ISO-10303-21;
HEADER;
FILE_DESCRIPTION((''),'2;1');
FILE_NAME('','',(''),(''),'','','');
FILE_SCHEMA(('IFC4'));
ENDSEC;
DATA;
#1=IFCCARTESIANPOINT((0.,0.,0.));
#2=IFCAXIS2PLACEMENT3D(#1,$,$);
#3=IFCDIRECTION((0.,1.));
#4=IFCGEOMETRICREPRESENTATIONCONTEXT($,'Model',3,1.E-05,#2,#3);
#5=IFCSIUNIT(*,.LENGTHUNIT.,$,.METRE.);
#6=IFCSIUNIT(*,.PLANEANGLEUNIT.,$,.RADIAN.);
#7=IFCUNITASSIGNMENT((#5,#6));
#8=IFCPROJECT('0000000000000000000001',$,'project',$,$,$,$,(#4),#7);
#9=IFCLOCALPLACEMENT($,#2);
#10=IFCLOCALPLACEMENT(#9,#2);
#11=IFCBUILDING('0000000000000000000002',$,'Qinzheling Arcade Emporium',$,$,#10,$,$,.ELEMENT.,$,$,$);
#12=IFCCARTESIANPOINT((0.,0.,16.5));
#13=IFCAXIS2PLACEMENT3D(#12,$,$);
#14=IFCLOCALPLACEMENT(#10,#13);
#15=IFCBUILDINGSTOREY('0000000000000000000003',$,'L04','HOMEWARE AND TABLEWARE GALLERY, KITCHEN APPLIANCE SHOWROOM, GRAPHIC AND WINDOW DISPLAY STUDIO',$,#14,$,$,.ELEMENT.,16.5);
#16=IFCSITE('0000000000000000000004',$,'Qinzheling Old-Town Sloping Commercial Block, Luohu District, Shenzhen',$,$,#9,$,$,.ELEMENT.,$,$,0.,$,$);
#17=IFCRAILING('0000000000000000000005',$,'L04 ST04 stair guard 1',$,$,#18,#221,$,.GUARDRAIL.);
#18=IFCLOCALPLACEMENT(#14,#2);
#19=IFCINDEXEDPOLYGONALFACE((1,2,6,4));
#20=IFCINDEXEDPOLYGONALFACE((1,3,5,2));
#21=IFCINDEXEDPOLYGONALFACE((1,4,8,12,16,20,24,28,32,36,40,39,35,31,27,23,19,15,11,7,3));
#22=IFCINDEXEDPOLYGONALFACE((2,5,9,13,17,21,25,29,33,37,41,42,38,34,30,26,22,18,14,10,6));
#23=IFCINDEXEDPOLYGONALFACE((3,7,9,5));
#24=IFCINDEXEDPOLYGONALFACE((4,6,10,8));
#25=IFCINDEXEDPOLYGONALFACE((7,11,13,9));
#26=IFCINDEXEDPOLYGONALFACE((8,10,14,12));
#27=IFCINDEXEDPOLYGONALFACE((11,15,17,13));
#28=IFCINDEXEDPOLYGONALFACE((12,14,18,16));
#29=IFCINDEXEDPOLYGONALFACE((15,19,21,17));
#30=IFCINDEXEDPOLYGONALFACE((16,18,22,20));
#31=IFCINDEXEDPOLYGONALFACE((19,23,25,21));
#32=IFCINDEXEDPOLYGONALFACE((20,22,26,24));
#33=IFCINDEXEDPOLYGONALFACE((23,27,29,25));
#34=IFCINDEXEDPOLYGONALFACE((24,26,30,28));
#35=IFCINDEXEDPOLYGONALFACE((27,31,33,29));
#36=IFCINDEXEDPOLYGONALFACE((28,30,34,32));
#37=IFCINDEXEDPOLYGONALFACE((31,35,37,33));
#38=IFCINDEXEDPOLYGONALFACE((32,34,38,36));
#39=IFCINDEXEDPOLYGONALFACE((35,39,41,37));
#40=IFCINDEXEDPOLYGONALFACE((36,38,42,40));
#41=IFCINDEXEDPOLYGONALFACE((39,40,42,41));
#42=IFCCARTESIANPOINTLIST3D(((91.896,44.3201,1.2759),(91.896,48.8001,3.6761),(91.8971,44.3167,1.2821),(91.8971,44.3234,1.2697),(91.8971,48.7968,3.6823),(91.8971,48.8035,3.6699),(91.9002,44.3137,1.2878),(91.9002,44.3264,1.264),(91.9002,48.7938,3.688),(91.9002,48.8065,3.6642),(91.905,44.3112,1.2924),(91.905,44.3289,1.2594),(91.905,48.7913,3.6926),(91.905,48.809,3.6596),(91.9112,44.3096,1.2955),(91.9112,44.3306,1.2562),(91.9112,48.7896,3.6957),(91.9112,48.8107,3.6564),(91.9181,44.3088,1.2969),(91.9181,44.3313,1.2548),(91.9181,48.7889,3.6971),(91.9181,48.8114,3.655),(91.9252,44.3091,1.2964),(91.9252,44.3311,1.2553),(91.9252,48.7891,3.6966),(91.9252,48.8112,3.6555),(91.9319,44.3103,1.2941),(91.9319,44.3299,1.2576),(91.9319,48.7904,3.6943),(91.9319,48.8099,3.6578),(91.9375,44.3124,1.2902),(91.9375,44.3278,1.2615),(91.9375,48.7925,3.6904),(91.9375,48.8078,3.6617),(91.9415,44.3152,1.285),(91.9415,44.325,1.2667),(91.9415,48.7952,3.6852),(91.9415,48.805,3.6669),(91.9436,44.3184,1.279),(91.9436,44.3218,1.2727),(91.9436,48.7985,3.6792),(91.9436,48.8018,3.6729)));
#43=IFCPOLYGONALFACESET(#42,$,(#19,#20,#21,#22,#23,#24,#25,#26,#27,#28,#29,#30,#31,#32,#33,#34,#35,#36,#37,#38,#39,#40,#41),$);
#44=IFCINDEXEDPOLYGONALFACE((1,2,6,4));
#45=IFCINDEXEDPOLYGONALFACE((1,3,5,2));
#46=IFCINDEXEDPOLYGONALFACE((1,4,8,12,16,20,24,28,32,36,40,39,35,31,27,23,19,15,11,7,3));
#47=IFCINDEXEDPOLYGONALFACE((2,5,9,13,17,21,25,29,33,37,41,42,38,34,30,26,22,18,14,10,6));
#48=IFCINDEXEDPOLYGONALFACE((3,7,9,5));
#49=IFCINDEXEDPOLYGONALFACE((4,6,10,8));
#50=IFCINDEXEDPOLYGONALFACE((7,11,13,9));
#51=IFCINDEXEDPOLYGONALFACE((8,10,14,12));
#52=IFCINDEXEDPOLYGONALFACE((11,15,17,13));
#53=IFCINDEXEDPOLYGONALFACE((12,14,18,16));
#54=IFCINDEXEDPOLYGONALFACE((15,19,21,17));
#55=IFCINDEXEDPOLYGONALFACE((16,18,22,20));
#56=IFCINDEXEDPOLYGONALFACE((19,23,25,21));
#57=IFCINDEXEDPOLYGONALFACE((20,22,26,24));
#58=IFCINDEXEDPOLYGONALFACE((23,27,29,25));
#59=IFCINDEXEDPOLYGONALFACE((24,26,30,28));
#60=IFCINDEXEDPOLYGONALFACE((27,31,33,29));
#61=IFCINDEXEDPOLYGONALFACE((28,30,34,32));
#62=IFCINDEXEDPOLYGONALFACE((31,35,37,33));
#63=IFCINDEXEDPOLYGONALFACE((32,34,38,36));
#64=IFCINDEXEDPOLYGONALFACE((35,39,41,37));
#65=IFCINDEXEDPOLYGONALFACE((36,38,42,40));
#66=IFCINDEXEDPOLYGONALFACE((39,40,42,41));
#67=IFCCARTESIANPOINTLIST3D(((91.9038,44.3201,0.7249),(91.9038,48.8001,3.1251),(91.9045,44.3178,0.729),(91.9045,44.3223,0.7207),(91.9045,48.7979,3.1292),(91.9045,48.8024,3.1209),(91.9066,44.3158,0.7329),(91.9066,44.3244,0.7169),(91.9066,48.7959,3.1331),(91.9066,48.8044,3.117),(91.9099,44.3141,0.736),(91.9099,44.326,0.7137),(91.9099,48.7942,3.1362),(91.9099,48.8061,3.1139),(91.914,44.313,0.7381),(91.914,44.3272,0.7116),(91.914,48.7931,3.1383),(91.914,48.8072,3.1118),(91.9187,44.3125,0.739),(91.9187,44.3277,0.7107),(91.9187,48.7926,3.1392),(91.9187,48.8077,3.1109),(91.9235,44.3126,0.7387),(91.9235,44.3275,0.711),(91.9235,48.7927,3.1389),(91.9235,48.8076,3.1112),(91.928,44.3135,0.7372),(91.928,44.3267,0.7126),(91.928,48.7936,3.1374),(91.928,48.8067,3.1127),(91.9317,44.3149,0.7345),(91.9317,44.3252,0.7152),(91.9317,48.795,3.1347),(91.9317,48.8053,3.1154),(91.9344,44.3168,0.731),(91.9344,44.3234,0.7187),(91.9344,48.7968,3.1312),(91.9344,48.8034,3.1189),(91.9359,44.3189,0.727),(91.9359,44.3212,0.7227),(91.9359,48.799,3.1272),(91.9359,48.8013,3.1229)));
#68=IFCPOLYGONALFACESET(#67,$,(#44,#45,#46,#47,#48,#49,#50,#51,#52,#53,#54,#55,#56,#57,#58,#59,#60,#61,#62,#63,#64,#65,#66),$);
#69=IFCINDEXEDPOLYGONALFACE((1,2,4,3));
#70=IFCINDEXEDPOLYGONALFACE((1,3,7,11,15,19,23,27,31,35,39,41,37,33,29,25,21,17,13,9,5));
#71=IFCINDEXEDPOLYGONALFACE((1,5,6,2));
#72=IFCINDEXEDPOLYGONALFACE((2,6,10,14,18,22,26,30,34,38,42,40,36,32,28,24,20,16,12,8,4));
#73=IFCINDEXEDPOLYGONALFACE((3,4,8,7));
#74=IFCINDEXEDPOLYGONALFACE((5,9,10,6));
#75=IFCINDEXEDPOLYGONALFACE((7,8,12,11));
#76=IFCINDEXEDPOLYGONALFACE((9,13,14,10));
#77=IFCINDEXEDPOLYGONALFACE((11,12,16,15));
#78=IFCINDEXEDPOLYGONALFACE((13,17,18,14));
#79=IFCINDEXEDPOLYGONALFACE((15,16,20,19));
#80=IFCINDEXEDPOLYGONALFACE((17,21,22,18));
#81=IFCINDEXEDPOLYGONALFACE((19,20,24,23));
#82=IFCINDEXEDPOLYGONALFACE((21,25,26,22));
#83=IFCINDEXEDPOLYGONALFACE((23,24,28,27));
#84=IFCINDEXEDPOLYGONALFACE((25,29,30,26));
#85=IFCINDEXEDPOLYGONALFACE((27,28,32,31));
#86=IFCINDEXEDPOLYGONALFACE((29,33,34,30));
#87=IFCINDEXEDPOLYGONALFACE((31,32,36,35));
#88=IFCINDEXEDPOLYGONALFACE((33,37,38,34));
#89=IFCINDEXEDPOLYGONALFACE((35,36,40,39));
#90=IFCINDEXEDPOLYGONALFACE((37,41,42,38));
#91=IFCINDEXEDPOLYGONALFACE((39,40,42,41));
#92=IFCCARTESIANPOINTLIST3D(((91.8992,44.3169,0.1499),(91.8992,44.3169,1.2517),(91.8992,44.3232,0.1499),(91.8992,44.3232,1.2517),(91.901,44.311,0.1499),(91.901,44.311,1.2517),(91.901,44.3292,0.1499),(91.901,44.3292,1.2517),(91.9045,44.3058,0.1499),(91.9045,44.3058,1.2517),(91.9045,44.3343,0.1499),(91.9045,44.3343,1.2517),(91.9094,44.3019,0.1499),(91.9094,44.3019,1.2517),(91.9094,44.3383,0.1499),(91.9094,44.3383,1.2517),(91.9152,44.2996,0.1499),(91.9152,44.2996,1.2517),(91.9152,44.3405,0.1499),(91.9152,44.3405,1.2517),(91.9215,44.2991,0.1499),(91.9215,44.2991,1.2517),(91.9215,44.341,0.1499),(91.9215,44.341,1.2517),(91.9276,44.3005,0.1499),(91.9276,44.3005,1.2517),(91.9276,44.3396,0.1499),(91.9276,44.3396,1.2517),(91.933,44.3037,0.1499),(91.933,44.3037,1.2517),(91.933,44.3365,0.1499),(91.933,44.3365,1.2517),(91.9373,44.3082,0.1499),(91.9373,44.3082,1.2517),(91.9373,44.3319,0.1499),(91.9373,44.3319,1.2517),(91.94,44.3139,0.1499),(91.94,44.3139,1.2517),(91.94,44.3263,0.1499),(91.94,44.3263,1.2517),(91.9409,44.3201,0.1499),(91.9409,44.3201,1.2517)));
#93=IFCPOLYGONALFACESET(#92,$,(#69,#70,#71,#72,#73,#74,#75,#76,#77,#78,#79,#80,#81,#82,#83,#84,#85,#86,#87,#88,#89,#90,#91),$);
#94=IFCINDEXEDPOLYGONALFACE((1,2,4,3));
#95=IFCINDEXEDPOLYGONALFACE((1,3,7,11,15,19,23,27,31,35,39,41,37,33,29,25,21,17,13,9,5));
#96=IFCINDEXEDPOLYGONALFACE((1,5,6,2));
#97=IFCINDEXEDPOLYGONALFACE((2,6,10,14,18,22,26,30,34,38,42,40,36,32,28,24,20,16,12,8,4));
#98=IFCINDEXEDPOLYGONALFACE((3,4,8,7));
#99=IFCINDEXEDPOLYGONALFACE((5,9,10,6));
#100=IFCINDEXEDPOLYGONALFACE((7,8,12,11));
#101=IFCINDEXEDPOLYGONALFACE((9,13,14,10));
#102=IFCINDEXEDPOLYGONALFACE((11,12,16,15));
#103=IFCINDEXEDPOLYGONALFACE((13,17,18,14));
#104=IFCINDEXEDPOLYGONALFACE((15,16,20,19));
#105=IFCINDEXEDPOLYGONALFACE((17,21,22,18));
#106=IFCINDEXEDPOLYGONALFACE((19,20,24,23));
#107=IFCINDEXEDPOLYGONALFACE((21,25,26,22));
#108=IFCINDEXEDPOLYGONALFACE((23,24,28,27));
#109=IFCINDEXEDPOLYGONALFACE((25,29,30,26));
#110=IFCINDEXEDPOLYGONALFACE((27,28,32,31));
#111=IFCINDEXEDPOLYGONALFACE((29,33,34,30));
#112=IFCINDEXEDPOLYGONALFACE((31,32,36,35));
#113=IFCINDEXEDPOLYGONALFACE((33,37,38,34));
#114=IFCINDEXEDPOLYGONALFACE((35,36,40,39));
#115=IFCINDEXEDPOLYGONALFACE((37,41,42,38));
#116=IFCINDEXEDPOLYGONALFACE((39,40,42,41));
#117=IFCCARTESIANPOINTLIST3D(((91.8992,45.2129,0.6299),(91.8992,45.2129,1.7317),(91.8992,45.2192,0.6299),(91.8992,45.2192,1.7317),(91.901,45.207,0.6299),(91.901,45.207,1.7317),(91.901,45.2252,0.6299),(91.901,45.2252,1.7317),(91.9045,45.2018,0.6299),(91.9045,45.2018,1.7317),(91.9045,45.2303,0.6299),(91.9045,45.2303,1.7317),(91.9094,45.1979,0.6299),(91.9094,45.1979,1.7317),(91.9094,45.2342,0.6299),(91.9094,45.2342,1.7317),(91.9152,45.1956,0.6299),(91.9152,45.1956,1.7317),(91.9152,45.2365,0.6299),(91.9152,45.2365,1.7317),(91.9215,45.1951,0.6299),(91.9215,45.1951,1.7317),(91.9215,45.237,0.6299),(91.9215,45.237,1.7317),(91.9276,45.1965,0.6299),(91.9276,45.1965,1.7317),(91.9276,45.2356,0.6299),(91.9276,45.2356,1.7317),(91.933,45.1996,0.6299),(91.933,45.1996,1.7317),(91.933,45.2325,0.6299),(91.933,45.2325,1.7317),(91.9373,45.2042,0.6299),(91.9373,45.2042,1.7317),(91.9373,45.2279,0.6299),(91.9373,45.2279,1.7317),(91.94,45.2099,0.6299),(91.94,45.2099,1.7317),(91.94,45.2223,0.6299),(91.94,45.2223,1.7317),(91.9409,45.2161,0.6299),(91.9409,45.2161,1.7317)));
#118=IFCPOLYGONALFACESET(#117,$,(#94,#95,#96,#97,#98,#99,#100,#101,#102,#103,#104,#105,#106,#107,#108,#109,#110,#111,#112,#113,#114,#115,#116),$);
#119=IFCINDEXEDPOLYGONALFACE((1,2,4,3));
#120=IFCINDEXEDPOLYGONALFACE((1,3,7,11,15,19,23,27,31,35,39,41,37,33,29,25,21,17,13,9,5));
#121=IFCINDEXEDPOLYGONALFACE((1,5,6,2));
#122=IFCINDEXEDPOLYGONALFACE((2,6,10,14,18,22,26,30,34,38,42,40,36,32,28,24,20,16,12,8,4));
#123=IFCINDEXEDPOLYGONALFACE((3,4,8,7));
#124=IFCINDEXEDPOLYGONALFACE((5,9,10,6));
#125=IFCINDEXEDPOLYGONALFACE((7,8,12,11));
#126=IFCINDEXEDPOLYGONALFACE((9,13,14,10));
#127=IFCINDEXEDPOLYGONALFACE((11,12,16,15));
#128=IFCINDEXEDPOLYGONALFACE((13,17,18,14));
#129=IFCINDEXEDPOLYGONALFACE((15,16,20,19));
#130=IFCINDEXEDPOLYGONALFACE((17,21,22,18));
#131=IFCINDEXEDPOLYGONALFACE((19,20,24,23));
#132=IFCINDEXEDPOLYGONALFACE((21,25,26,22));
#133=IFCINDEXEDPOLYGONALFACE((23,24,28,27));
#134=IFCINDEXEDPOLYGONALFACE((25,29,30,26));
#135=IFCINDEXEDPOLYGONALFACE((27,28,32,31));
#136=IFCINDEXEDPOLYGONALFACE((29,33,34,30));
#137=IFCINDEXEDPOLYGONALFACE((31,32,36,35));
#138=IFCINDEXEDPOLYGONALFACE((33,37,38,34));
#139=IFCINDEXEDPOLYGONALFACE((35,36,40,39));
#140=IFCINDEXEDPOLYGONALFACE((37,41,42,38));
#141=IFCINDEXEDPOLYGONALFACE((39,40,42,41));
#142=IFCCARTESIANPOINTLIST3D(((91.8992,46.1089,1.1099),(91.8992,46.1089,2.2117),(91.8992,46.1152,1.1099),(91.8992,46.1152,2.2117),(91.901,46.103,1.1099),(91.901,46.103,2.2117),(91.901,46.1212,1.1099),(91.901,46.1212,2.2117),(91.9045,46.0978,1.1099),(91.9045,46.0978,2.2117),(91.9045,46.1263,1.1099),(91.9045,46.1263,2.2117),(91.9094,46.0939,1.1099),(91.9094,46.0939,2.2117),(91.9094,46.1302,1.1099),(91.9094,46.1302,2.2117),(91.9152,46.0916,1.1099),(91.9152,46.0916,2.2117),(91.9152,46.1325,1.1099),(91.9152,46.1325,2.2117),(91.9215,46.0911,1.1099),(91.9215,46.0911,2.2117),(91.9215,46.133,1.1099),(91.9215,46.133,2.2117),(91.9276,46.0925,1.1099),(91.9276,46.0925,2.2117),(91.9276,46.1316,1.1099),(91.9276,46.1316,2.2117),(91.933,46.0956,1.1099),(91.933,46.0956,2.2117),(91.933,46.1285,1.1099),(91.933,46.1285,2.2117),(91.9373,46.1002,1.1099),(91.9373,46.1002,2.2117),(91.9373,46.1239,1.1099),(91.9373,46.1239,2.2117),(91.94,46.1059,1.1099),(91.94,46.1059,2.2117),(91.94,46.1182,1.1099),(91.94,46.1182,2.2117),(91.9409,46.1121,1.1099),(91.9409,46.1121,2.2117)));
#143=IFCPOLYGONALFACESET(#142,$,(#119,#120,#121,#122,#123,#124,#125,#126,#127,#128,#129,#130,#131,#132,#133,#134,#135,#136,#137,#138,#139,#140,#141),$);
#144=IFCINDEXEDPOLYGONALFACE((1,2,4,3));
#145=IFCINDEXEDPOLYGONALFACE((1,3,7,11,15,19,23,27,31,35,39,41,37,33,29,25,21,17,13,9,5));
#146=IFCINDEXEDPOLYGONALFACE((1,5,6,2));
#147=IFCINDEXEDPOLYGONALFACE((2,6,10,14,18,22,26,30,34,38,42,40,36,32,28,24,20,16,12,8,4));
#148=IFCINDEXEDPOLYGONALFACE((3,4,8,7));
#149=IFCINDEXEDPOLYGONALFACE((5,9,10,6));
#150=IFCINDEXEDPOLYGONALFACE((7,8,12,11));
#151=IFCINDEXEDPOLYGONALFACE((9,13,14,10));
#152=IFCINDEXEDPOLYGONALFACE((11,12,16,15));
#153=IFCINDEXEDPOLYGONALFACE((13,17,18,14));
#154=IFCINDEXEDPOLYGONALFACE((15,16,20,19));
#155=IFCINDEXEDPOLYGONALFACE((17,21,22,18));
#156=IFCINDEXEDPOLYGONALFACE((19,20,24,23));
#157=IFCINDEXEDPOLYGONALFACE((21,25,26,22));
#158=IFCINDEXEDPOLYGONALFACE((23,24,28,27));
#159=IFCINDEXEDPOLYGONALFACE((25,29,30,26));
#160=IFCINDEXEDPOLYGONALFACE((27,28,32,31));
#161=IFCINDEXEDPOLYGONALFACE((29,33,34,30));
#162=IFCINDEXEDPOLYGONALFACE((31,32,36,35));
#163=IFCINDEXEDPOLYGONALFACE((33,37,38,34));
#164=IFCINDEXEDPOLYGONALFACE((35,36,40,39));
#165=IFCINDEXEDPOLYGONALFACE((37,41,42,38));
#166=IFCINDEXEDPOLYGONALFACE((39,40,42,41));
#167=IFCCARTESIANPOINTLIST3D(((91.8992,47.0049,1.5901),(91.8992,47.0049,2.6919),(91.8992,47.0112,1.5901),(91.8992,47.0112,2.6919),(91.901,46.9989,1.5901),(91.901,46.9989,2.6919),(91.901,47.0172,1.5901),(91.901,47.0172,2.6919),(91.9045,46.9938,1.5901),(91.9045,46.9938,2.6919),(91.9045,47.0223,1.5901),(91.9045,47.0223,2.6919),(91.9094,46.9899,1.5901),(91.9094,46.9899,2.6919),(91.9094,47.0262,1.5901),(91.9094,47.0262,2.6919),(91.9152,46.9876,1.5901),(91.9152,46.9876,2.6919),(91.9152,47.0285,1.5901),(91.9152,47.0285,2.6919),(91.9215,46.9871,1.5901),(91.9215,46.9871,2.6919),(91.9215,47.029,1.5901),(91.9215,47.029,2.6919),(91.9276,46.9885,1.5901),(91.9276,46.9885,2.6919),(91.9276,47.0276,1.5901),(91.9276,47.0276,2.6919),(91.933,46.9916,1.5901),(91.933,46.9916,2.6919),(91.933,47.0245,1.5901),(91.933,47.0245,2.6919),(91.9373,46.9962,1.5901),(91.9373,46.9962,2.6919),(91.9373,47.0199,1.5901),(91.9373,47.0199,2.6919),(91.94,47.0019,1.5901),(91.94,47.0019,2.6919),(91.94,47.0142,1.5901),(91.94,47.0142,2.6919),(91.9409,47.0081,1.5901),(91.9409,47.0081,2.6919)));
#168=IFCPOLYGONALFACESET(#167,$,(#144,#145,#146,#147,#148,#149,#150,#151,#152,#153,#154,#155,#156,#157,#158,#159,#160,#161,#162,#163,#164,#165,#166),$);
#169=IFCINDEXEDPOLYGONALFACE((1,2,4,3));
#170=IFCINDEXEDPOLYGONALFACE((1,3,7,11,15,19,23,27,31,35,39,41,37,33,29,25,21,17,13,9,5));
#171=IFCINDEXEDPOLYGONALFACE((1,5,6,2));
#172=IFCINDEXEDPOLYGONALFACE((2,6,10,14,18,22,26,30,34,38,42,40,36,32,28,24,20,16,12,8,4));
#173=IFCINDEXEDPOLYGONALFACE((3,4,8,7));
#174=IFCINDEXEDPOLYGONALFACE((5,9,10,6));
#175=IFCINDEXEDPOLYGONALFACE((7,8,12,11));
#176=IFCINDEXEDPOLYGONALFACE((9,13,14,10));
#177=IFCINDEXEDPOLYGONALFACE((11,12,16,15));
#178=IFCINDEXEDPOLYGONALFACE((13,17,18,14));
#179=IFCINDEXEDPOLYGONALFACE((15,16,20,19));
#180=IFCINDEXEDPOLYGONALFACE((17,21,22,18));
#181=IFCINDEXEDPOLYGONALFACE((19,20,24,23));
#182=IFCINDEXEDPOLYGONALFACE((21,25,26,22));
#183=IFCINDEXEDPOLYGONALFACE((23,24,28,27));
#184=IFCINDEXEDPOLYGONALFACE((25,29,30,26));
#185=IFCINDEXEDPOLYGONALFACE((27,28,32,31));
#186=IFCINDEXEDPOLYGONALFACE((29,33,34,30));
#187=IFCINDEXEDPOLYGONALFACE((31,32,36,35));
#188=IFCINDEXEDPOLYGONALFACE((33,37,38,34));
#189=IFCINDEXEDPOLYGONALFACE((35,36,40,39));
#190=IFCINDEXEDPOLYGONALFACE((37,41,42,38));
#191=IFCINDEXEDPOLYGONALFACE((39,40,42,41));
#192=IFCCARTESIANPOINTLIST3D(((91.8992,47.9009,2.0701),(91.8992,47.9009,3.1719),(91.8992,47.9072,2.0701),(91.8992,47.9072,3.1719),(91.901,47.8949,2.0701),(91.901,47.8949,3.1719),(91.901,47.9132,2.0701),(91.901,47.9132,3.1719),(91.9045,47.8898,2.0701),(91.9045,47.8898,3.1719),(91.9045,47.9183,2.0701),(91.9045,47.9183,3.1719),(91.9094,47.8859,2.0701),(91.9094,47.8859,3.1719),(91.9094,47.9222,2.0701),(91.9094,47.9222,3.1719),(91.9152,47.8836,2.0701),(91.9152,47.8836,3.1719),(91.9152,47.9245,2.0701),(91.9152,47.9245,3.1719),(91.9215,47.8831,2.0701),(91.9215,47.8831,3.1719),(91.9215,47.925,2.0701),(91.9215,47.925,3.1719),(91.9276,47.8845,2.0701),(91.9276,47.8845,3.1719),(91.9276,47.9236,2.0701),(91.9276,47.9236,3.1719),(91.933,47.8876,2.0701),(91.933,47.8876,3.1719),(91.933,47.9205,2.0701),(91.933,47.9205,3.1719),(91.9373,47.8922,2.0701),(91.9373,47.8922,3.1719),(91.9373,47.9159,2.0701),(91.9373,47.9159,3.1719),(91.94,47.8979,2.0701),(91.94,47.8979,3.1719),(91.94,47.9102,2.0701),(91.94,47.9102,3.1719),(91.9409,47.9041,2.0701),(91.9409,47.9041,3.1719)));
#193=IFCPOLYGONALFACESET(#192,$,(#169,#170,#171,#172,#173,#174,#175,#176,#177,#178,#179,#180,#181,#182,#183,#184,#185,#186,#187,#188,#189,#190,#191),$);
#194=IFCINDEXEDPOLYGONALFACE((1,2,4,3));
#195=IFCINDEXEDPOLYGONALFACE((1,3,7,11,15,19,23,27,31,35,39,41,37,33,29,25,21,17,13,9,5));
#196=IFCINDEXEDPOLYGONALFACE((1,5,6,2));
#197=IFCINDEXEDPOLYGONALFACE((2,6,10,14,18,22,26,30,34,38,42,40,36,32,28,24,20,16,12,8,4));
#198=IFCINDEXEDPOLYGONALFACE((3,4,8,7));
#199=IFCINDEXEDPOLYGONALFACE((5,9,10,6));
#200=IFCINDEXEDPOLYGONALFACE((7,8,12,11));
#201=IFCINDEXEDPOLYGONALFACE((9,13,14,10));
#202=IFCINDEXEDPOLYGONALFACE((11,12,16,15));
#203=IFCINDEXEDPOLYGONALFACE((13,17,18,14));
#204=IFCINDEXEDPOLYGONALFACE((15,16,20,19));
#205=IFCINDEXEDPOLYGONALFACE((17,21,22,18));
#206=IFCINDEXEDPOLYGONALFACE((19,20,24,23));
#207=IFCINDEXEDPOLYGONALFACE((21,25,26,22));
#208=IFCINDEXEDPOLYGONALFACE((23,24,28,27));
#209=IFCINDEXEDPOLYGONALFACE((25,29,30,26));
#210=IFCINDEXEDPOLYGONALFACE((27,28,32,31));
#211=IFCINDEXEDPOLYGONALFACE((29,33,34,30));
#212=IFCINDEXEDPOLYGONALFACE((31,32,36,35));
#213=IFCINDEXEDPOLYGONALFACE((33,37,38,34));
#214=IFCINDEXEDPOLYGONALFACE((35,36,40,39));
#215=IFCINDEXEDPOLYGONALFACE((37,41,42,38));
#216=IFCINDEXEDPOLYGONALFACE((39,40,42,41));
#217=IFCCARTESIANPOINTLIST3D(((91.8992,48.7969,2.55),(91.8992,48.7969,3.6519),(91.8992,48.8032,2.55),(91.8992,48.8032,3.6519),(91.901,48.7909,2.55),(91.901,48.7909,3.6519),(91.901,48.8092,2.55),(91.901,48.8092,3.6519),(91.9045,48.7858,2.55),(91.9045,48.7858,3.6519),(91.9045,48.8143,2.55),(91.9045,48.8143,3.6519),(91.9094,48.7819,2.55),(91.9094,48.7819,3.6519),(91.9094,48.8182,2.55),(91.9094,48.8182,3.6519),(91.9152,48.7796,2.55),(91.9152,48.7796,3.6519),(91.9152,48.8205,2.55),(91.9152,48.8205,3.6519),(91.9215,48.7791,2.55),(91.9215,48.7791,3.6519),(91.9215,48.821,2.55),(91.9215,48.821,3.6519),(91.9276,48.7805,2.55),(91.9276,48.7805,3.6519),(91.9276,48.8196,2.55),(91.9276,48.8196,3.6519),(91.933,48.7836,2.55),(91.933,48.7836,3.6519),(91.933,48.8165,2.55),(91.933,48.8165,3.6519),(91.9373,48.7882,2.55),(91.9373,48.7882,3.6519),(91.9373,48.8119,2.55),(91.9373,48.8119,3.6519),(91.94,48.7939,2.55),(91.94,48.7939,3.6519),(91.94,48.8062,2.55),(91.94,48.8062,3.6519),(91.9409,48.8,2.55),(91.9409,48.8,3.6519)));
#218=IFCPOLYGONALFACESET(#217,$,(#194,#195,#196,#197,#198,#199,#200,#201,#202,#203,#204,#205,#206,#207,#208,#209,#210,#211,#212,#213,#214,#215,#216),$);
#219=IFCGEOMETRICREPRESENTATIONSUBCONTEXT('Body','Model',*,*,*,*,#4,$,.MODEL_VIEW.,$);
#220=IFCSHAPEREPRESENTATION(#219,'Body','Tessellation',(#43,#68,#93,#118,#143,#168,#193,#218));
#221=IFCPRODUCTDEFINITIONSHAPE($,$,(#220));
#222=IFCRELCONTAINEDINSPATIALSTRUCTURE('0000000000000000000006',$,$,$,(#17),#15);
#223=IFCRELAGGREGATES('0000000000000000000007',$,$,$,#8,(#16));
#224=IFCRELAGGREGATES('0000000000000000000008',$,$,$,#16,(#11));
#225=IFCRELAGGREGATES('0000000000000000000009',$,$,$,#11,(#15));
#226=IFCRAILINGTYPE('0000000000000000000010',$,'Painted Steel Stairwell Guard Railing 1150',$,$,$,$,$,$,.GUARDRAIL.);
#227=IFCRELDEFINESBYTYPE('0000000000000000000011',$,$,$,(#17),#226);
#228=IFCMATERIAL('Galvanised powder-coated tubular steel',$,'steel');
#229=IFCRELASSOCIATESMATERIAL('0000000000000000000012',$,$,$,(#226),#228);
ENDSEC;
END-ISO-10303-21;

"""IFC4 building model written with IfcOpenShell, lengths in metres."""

from ifc_helpers import new_model, si_unit, direction, frame, origin, origin_2d, place, context, subcontext, project, spatial, circle, extrude, material, type_object, element, save


model = new_model("IFC4")

# Units and contexts
model_context = context("Model", 3, precision=1e-05, world=origin(), true_north=direction((0.0, 1.0)))
body_context = subcontext(model_context, "Body", "Model", "MODEL_VIEW")
ifc_project = project(units=[si_unit("LENGTHUNIT", "METRE"), si_unit("PLANEANGLEUNIT", "RADIAN")], contexts=[model_context])

# Site, building, storey
site_placement = place(None, origin())
site = spatial("IfcSite", under=ifc_project, at=site_placement, Name="Qinzheling Old-Town Sloping Commercial Block, Luohu District, Shenzhen", CompositionType="ELEMENT", RefElevation=0.0)
building_placement = place(site_placement, origin())
building = spatial("IfcBuilding", under=site, at=building_placement, Name="Qinzheling Arcade Emporium", CompositionType="ELEMENT")
storey_placement = place(building_placement, frame((0.0, 0.0, 16.5)))
storey = spatial("IfcBuildingStorey", under=building, at=storey_placement, Name="L04", Description="HOMEWARE AND TABLEWARE GALLERY, KITCHEN APPLIANCE SHOWROOM, GRAPHIC AND WINDOW DISPLAY STUDIO", CompositionType="ELEMENT", Elevation=16.5)

# Railing
ifc_material_1 = material(Name="Galvanised powder-coated tubular steel", Category="steel")
railing_type_1 = type_object("IfcRailingType", Name="Painted Steel Stairwell Guard Railing 1150", PredefinedType="GUARDRAIL", material=ifc_material_1)
railing_1_placement = place(storey_placement, frame((91.9199, 44.3201, 0.1499)))
element("IfcRailing", 1, at=railing_1_placement, inside=storey, type_object=railing_type_1, Name="L04 ST04 stair guard 1", PredefinedType="GUARDRAIL", context=body_context, shape_type="SweptSolid", body=[
    extrude(circle(Radius=0.0239, at=origin_2d()), frame((0.0, 0.0, 1.126), z_axis=(0.0, 0.881467, 0.472245), x_axis=(-1.0, 0.0, 0.0)), (0.0, 0.0, 1.0), 5.0825),
    extrude(circle(Radius=0.0161, at=origin_2d()), frame((0.0, 0.0, 0.575), z_axis=(0.0, 0.881467, 0.472245), x_axis=(-1.0, 0.0, 0.0)), (0.0, 0.0, 1.0), 5.0825),
    extrude(circle(Radius=0.021, at=origin_2d()), origin(), (0.0, 0.0, 1.0), 1.1018),
    extrude(circle(Radius=0.021, at=origin_2d()), frame((0.0, 0.896, 0.48)), (0.0, 0.0, 1.0), 1.1018),
    extrude(circle(Radius=0.021, at=origin_2d()), frame((0.0, 1.792, 0.96)), (0.0, 0.0, 1.0), 1.1018),
    extrude(circle(Radius=0.021, at=origin_2d()), frame((0.0, 2.688, 1.4402)), (0.0, 0.0, 1.0), 1.1018),
    extrude(circle(Radius=0.021, at=origin_2d()), frame((0.0, 3.584, 1.9202)), (0.0, 0.0, 1.0), 1.1018),
    extrude(circle(Radius=0.021, at=origin_2d()), frame((0.0, 4.48, 2.4001)), (0.0, 0.0, 1.0), 1.1018),
])

save(model, "model.ifc")
